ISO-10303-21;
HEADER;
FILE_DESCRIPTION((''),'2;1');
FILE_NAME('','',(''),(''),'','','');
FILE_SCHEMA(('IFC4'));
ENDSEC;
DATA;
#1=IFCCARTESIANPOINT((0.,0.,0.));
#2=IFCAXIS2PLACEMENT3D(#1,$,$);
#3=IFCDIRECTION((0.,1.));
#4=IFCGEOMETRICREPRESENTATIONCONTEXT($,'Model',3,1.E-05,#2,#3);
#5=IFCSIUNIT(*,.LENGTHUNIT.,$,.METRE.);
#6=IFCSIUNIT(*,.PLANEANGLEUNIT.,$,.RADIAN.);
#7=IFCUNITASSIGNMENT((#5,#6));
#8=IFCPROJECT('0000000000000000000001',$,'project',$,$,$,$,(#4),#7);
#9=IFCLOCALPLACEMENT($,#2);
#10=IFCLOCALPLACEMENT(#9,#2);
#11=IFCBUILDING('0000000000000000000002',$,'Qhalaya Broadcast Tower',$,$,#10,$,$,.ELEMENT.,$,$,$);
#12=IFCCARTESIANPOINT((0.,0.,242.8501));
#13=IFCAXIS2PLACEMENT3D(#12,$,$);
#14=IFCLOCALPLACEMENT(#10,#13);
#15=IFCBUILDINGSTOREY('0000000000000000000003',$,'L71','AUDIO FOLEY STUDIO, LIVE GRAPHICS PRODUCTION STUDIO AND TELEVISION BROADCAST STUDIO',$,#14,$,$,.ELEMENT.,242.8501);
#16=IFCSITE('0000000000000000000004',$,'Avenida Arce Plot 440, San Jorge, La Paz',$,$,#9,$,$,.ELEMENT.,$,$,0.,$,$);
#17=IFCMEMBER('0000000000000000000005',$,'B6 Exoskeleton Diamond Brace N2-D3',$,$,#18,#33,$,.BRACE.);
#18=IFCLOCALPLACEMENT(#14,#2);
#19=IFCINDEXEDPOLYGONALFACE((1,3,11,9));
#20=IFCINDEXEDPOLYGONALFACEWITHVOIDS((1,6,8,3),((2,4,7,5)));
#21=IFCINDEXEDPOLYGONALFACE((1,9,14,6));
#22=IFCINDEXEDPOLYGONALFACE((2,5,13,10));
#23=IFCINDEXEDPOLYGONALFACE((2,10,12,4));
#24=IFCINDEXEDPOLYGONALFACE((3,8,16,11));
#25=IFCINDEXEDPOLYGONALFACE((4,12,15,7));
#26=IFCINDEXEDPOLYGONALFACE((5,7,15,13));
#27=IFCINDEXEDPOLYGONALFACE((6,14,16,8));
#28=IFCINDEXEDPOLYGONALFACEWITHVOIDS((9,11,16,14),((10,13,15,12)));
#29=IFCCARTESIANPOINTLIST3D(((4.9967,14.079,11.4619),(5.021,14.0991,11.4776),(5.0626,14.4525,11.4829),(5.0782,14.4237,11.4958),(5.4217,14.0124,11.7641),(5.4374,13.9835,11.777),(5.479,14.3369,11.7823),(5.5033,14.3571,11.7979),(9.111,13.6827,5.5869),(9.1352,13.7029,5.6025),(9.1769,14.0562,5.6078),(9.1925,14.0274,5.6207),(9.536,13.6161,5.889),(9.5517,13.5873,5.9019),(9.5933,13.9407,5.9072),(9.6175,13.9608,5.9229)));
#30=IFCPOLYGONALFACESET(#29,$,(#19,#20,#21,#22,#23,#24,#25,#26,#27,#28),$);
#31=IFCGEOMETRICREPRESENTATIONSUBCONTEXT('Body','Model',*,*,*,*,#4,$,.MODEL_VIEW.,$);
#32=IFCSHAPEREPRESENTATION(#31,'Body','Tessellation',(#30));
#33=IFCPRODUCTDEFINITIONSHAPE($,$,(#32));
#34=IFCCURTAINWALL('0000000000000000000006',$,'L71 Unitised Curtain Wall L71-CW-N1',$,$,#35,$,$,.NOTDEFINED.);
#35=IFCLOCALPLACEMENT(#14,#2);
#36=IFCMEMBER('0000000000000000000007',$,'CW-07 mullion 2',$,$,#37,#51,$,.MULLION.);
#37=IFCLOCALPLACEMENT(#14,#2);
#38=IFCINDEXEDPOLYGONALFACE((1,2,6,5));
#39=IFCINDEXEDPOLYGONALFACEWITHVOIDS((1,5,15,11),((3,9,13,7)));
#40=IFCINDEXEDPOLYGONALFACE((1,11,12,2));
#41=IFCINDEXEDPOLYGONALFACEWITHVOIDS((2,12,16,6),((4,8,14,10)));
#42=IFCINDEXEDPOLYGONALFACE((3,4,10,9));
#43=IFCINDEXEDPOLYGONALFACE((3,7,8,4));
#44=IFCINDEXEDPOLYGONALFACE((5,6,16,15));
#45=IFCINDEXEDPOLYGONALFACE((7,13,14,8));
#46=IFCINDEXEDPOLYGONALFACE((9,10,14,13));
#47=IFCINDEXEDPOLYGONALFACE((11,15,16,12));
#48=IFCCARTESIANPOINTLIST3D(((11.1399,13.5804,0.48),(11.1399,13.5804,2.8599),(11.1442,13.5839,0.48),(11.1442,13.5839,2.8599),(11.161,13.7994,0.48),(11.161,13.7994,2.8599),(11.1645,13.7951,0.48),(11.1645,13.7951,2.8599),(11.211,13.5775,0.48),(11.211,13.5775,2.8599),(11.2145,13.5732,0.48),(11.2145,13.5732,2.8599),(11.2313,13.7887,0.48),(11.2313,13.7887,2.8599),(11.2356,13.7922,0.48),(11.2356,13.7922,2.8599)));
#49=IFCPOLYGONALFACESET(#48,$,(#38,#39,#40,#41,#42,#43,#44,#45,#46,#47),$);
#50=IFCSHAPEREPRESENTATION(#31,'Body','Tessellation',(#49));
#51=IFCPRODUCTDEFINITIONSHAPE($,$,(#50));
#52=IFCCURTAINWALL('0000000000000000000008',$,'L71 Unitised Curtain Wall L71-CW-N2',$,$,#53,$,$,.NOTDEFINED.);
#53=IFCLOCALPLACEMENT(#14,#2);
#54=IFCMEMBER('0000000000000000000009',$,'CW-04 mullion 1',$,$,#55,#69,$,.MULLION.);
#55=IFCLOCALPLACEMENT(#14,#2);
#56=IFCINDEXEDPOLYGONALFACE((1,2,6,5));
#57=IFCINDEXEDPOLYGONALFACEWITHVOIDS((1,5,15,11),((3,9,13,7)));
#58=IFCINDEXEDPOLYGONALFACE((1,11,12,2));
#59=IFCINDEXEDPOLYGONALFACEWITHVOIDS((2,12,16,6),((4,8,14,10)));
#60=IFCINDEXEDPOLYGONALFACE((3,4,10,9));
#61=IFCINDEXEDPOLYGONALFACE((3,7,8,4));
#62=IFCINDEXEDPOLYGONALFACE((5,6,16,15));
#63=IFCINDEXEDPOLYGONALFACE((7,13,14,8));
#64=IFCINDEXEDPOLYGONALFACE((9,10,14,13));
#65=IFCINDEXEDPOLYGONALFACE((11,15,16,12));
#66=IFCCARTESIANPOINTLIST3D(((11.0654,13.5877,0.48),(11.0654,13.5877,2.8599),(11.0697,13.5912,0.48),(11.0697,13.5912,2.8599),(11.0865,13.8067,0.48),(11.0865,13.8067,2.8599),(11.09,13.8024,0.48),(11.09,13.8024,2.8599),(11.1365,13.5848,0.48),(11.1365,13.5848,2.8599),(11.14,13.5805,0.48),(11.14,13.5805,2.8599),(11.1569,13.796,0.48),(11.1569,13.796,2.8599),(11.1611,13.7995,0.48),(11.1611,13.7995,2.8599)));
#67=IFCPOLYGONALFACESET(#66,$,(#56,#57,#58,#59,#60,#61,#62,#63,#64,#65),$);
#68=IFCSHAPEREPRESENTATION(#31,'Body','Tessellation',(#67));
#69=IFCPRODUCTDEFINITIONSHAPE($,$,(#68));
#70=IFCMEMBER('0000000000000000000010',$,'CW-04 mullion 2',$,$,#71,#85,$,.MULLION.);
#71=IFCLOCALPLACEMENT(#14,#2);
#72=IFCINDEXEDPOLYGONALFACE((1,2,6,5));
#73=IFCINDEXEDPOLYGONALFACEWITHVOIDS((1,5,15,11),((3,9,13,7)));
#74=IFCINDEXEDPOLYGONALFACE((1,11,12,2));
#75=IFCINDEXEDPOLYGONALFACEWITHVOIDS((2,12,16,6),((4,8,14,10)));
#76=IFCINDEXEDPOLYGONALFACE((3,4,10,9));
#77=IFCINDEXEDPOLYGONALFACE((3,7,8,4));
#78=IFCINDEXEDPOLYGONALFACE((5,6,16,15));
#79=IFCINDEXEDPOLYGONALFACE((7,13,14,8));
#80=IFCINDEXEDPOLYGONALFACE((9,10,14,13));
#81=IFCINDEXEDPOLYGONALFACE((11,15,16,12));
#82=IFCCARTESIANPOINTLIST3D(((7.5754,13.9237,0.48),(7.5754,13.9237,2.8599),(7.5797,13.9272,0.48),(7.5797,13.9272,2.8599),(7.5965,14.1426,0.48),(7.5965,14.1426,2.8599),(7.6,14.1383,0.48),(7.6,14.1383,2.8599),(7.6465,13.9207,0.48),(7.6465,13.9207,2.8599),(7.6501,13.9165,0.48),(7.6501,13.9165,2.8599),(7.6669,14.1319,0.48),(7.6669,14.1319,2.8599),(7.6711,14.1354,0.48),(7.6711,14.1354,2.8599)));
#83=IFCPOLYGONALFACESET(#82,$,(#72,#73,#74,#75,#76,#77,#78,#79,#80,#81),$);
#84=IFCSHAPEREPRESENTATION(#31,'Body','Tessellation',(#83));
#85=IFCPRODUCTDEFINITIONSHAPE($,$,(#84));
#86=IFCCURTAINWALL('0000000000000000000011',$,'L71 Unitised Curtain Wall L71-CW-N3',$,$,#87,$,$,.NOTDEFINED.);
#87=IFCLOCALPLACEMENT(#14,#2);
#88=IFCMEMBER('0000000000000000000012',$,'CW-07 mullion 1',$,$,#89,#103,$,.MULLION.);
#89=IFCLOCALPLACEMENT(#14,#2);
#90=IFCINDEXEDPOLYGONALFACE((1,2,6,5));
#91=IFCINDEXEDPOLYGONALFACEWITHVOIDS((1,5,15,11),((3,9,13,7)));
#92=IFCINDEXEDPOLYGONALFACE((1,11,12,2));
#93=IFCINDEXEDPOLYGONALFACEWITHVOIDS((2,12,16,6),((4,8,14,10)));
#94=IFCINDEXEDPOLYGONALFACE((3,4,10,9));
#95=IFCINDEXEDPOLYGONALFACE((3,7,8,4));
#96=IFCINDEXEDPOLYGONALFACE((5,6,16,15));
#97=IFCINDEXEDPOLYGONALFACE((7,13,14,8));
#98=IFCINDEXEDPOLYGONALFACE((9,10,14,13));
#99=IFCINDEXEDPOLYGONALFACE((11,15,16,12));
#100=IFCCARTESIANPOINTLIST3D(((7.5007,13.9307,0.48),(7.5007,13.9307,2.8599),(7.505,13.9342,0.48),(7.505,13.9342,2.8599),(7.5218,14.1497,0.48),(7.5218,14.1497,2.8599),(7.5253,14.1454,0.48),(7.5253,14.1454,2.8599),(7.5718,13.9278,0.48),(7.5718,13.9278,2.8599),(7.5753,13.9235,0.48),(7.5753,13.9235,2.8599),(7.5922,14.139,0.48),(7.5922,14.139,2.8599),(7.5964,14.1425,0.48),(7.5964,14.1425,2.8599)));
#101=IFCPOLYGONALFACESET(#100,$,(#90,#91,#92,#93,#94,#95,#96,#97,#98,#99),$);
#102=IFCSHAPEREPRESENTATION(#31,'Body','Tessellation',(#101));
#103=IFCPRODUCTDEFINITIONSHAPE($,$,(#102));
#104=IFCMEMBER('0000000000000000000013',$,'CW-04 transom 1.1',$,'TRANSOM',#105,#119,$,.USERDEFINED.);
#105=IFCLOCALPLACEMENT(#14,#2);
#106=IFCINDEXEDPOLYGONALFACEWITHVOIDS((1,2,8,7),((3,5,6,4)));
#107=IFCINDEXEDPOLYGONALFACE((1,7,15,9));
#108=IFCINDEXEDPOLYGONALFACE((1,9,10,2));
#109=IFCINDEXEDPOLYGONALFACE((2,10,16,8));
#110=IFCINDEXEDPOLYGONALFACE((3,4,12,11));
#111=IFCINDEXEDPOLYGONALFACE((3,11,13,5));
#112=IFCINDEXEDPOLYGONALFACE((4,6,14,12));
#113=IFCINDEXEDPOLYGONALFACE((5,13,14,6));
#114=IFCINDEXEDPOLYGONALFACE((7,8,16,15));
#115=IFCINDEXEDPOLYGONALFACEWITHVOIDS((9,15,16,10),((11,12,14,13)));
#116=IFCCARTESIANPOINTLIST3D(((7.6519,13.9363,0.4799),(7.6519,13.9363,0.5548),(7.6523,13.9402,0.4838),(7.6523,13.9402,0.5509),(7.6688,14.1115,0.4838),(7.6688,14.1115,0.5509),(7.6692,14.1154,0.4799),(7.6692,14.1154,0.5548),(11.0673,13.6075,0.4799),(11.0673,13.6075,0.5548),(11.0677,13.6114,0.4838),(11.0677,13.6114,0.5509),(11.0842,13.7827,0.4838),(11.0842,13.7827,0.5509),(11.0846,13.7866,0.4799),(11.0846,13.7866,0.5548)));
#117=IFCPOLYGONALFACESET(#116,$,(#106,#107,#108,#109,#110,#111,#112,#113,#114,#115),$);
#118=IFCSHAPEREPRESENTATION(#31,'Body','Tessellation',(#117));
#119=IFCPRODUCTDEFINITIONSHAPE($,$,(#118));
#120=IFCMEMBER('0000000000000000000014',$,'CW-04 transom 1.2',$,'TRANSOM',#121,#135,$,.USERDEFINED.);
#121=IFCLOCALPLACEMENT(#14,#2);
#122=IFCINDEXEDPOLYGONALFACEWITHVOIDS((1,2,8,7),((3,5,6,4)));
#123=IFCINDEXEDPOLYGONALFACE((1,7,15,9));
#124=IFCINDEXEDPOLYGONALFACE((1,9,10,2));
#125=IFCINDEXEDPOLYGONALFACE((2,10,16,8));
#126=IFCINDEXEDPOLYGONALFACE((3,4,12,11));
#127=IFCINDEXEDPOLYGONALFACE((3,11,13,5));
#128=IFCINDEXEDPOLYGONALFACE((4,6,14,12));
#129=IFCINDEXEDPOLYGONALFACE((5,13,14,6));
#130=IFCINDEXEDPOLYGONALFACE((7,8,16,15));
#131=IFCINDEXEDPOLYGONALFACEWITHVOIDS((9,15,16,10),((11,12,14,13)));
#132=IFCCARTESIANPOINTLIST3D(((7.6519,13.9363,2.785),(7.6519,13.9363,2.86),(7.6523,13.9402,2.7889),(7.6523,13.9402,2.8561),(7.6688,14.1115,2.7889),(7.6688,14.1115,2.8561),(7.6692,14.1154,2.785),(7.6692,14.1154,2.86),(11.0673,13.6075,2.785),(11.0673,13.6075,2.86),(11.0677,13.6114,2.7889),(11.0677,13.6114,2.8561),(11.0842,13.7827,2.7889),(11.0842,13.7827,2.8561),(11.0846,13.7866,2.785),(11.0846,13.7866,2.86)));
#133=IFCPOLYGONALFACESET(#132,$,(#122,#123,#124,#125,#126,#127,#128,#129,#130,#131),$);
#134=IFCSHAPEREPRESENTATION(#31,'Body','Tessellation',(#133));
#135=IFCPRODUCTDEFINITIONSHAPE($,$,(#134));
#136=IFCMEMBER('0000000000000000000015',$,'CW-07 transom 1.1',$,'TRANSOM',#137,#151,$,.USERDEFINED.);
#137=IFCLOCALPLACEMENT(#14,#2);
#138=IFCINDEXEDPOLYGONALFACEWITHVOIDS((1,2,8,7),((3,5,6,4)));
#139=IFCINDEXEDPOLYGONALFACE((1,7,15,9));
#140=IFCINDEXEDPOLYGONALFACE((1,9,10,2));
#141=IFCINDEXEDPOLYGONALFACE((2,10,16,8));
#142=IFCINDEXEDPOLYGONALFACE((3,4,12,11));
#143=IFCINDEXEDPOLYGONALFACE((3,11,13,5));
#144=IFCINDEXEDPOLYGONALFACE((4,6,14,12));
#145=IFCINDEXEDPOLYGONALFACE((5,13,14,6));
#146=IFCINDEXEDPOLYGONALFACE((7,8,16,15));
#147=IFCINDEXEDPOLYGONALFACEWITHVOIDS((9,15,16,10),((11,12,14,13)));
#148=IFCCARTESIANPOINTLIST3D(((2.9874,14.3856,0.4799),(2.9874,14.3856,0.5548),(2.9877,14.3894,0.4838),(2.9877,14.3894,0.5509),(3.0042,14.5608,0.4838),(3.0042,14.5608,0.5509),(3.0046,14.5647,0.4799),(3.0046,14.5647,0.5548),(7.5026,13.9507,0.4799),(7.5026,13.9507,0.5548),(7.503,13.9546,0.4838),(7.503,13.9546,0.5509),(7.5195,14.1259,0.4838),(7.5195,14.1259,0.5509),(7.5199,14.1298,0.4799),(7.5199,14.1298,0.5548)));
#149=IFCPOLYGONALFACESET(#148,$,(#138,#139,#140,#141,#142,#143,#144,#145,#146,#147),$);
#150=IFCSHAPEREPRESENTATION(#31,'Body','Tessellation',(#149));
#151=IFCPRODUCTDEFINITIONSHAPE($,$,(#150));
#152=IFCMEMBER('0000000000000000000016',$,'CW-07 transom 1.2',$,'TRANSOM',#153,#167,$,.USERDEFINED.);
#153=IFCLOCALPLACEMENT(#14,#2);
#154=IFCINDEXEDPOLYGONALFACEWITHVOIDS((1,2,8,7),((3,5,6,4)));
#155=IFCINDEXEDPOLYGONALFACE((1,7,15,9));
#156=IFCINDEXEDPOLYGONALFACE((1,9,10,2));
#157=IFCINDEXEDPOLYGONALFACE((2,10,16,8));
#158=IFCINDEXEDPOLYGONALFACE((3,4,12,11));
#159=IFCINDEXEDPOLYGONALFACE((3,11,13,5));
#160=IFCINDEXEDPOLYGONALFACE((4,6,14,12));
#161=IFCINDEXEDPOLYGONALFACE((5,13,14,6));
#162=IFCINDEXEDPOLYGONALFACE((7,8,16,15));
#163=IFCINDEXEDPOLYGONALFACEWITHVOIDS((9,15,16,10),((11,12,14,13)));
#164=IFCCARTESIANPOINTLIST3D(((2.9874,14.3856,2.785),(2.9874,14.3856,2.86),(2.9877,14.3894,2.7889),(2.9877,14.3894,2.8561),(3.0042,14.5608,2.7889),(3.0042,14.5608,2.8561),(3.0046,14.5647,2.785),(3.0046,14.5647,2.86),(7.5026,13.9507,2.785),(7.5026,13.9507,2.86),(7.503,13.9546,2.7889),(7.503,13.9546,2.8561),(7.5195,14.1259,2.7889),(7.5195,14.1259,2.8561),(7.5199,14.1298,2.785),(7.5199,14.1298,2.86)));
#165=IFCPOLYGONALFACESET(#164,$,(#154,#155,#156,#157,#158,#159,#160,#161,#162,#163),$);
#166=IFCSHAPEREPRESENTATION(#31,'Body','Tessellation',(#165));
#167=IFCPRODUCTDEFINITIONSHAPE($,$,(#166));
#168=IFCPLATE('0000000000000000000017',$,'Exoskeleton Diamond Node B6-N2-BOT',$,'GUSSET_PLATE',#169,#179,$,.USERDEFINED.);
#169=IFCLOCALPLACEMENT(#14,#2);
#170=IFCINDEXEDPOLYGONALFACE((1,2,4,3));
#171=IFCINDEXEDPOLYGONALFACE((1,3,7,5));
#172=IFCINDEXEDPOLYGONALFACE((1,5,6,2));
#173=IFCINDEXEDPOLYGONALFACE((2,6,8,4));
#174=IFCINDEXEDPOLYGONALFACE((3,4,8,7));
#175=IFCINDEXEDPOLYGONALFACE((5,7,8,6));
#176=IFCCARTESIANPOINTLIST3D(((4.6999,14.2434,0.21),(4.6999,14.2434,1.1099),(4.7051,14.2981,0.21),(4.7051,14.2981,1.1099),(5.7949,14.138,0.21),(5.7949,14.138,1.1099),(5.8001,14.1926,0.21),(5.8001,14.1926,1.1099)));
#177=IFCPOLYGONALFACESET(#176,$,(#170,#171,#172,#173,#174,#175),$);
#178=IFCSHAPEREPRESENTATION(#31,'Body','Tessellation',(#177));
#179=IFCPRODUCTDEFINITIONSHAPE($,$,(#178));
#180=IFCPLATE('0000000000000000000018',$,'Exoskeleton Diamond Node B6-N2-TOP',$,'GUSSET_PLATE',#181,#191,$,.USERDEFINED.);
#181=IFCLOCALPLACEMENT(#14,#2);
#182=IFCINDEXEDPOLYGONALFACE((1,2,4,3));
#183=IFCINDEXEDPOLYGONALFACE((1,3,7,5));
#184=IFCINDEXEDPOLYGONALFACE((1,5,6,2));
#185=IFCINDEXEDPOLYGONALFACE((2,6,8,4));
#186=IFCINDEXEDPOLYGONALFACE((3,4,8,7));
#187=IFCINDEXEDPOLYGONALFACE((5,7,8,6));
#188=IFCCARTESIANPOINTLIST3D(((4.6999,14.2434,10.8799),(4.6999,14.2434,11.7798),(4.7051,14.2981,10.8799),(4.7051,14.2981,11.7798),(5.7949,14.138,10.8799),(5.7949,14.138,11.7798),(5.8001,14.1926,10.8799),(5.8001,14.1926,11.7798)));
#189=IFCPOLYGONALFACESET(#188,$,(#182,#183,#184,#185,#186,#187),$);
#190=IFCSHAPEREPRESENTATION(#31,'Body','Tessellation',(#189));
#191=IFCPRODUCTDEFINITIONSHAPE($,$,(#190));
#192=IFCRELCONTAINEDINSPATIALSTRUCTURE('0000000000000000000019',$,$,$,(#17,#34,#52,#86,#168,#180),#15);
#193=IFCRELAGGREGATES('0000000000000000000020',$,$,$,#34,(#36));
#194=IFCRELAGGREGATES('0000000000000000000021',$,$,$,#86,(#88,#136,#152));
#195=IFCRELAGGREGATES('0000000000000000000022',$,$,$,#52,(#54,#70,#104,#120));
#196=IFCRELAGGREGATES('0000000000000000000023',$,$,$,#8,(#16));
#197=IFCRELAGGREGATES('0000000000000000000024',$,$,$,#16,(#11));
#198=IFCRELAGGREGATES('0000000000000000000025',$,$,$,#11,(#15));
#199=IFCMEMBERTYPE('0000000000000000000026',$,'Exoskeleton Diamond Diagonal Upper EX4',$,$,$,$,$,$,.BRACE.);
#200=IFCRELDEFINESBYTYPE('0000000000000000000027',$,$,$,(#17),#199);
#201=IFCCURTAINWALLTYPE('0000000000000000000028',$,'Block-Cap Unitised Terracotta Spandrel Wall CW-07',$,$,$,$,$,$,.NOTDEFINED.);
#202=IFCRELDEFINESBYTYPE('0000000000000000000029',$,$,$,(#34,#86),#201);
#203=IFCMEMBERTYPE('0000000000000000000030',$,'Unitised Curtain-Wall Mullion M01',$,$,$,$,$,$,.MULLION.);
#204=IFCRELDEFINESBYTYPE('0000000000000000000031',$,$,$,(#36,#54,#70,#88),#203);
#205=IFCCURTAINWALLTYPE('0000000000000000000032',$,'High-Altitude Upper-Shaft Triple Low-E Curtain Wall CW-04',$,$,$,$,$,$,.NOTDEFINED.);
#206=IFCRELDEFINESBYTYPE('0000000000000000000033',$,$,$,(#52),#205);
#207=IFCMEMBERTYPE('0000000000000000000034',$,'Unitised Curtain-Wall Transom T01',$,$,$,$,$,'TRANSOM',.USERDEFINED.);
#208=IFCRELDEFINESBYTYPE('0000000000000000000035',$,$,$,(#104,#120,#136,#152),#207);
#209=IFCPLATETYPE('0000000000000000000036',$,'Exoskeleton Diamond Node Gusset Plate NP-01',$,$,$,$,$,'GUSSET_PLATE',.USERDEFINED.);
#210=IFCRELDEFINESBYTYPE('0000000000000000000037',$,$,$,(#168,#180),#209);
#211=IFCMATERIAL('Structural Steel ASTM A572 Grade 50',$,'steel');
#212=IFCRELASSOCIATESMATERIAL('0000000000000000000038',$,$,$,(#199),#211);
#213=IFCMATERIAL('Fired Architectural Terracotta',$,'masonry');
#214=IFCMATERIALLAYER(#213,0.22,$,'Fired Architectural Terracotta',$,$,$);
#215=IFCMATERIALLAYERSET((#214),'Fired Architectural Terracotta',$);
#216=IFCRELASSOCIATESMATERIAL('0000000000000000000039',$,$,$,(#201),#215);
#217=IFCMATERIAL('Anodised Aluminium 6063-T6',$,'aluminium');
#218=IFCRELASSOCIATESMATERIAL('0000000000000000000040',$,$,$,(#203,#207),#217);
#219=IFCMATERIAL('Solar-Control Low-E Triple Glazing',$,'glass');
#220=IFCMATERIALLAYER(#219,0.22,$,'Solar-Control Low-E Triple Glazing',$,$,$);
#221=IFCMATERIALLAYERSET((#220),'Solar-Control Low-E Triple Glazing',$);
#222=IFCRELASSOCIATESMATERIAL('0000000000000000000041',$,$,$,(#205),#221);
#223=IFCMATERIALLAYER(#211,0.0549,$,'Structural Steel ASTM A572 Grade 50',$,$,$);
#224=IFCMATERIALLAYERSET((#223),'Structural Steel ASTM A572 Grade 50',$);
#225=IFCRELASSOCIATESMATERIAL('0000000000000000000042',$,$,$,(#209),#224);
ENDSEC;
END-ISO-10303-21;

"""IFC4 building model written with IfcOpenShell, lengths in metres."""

from ifc_helpers import new_model, si_unit, direction, frame, origin, origin_2d, place, context, subcontext, project, spatial, rectangle, hollow_rectangle, extrude, material, layer, layer_set, material_profile, profile_set, type_object, element, aggregate, save


model = new_model("IFC4")

# Units and contexts
model_context = context("Model", 3, precision=1e-05, world=origin(), true_north=direction((0.0, 1.0)))
body_context = subcontext(model_context, "Body", "Model", "MODEL_VIEW")
ifc_project = project(units=[si_unit("LENGTHUNIT", "METRE"), si_unit("PLANEANGLEUNIT", "RADIAN")], contexts=[model_context])

# Site, building, storey
site_placement = place(None, origin())
site = spatial("IfcSite", under=ifc_project, at=site_placement, Name="Avenida Arce Plot 440, San Jorge, La Paz", CompositionType="ELEMENT", RefElevation=0.0)
building_placement = place(site_placement, origin())
building = spatial("IfcBuilding", under=site, at=building_placement, Name="Qhalaya Broadcast Tower", CompositionType="ELEMENT")
storey_placement = place(building_placement, frame((0.0, 0.0, 242.8501)))
storey = spatial("IfcBuildingStorey", under=building, at=storey_placement, Name="L71", Description="AUDIO FOLEY STUDIO, LIVE GRAPHICS PRODUCTION STUDIO AND TELEVISION BROADCAST STUDIO", CompositionType="ELEMENT", Elevation=242.8501)

# Shared definitions
ifc_material_1 = material(Name="Structural Steel ASTM A572 Grade 50", Category="steel")

# Member
ifc_material_profile_1 = material_profile(ifc_material_1, hollow_rectangle(XDim=0.3799, YDim=0.55, WallThickness=0.0249, at=origin_2d()), Name="BOX 380x550x25")
ifc_profile_set_1 = profile_set([ifc_material_profile_1], Name="Structural Steel ASTM A572 Grade 50")
member_type_1 = type_object("IfcMemberType", Name="Exoskeleton Diamond Diagonal Upper EX4", PredefinedType="BRACE", material=ifc_profile_set_1)
member_1_placement = place(storey_placement, frame((9.3643, 13.8218, 5.7549), z_axis=(-0.572753, 0.055161, 0.81787), x_axis=(-0.173452, -0.983297, -0.05515)))
element("IfcMember", 1, at=member_1_placement, inside=storey, type_object=member_type_1, Name="B6 Exoskeleton Diamond Brace N2-D3", PredefinedType="BRACE", context=body_context, shape_type="SweptSolid", body=[
    extrude(hollow_rectangle(XDim=0.3799, YDim=0.55, WallThickness=0.0249, at=origin_2d()), origin(), (0.0, 0.0, 1.0), 7.1833),
])

# Curtain wall, member
ifc_material_2 = material(Name="Fired Architectural Terracotta", Category="masonry")
ifc_layer_1 = layer(ifc_material_2, 0.22, Name="Fired Architectural Terracotta")
ifc_layer_set_1 = layer_set([ifc_layer_1], Name="Fired Architectural Terracotta")
curtain_wall_type_1 = type_object("IfcCurtainWallType", Name="Block-Cap Unitised Terracotta Spandrel Wall CW-07", PredefinedType="NOTDEFINED", material=ifc_layer_set_1)
curtain_wall_1_placement = place(storey_placement, origin())
curtain_wall_1 = element("IfcCurtainWall", 2, at=curtain_wall_1_placement, inside=storey, type_object=curtain_wall_type_1, Name="L71 Unitised Curtain Wall L71-CW-N1", PredefinedType="NOTDEFINED")
ifc_material_3 = material(Name="Anodised Aluminium 6063-T6", Category="aluminium")
ifc_material_profile_2 = material_profile(ifc_material_3, hollow_rectangle(XDim=0.075, YDim=0.22, WallThickness=0.0039, at=origin_2d()), Name="ALU-MUL 75x220x4")
ifc_profile_set_2 = profile_set([ifc_material_profile_2], Name="Anodised Aluminium 6063-T6")
member_type_2 = type_object("IfcMemberType", Name="Unitised Curtain-Wall Mullion M01", PredefinedType="MULLION", material=ifc_profile_set_2)
member_2_placement = place(storey_placement, frame((11.1877, 13.6863, 0.48), z_axis=(0.0, 0.0, 1.0), x_axis=(-0.995396, 0.095848, 0.0)))
member_2 = element("IfcMember", 3, at=member_2_placement, type_object=member_type_2, Name="CW-07 mullion 2", PredefinedType="MULLION", context=body_context, shape_type="SweptSolid", body=[
    extrude(hollow_rectangle(XDim=0.075, YDim=0.22, WallThickness=0.0039, at=origin_2d()), origin(), (0.0, 0.0, 1.0), 2.3799),
])
aggregate(curtain_wall_1, [member_2])

# Curtain wall, members
ifc_material_4 = material(Name="Solar-Control Low-E Triple Glazing", Category="glass")
ifc_layer_2 = layer(ifc_material_4, 0.22, Name="Solar-Control Low-E Triple Glazing")
ifc_layer_set_2 = layer_set([ifc_layer_2], Name="Solar-Control Low-E Triple Glazing")
curtain_wall_type_2 = type_object("IfcCurtainWallType", Name="High-Altitude Upper-Shaft Triple Low-E Curtain Wall CW-04", PredefinedType="NOTDEFINED", material=ifc_layer_set_2)
curtain_wall_2_placement = place(storey_placement, origin())
curtain_wall_2 = element("IfcCurtainWall", 4, at=curtain_wall_2_placement, inside=storey, type_object=curtain_wall_type_2, Name="L71 Unitised Curtain Wall L71-CW-N2", PredefinedType="NOTDEFINED")
member_3_placement = place(storey_placement, frame((11.1133, 13.6936, 0.48), z_axis=(0.0, 0.0, 1.0), x_axis=(-0.995397, 0.095837, 0.0)))
member_3 = element("IfcMember", 5, at=member_3_placement, type_object=member_type_2, Name="CW-04 mullion 1", PredefinedType="MULLION", context=body_context, shape_type="SweptSolid", body=[
    extrude(hollow_rectangle(XDim=0.075, YDim=0.22, WallThickness=0.0039, at=origin_2d()), origin(), (0.0, 0.0, 1.0), 2.3799),
])
member_4_placement = place(storey_placement, frame((7.6233, 14.0295, 0.48), z_axis=(0.0, 0.0, 1.0), x_axis=(-0.995397, 0.095837, 0.0)))
member_4 = element("IfcMember", 6, at=member_4_placement, type_object=member_type_2, Name="CW-04 mullion 2", PredefinedType="MULLION", context=body_context, shape_type="SweptSolid", body=[
    extrude(hollow_rectangle(XDim=0.075, YDim=0.22, WallThickness=0.0039, at=origin_2d()), origin(), (0.0, 0.0, 1.0), 2.3799),
])

# Curtain wall, member
curtain_wall_3_placement = place(storey_placement, origin())
curtain_wall_3 = element("IfcCurtainWall", 7, at=curtain_wall_3_placement, inside=storey, type_object=curtain_wall_type_1, Name="L71 Unitised Curtain Wall L71-CW-N3", PredefinedType="NOTDEFINED")
member_5_placement = place(storey_placement, frame((7.5486, 14.0366, 0.48), z_axis=(0.0, 0.0, 1.0), x_axis=(-0.995395, 0.09586, 0.0)))
member_5 = element("IfcMember", 8, at=member_5_placement, type_object=member_type_2, Name="CW-07 mullion 1", PredefinedType="MULLION", context=body_context, shape_type="SweptSolid", body=[
    extrude(hollow_rectangle(XDim=0.075, YDim=0.22, WallThickness=0.0039, at=origin_2d()), origin(), (0.0, 0.0, 1.0), 2.3799),
])

# Members
ifc_material_profile_3 = material_profile(ifc_material_3, hollow_rectangle(XDim=0.075, YDim=0.1799, WallThickness=0.0039, at=origin_2d()), Name="ALU-TRN 75x180x4")
ifc_profile_set_3 = profile_set([ifc_material_profile_3], Name="Anodised Aluminium 6063-T6")
member_type_3 = type_object("IfcMemberType", Name="Unitised Curtain-Wall Transom T01", ElementType="TRANSOM", PredefinedType="USERDEFINED", material=ifc_profile_set_3)
member_6_placement = place(storey_placement, frame((11.0759, 13.697, 0.5173), z_axis=(-0.995396, 0.095847, 0.0), x_axis=(0.0, 0.0, 1.0)))
member_6 = element("IfcMember", 9, at=member_6_placement, type_object=member_type_3, Name="CW-04 transom 1.1", ObjectType="TRANSOM", PredefinedType="USERDEFINED", context=body_context, shape_type="SweptSolid", body=[
    extrude(hollow_rectangle(XDim=0.075, YDim=0.1799, WallThickness=0.0039, at=origin_2d()), origin(), (0.0, 0.0, 1.0), 3.4312),
])
member_7_placement = place(storey_placement, frame((11.0759, 13.697, 2.8225), z_axis=(-0.995396, 0.095847, 0.0), x_axis=(0.0, 0.0, 1.0)))
member_7 = element("IfcMember", 10, at=member_7_placement, type_object=member_type_3, Name="CW-04 transom 1.2", ObjectType="TRANSOM", PredefinedType="USERDEFINED", context=body_context, shape_type="SweptSolid", body=[
    extrude(hollow_rectangle(XDim=0.075, YDim=0.1799, WallThickness=0.0039, at=origin_2d()), origin(), (0.0, 0.0, 1.0), 3.4312),
])
member_8_placement = place(storey_placement, frame((7.5112, 14.0403, 0.5173), z_axis=(-0.995395, 0.095858, 0.0), x_axis=(0.0, 0.0, 1.0)))
member_8 = element("IfcMember", 11, at=member_8_placement, type_object=member_type_3, Name="CW-07 transom 1.1", ObjectType="TRANSOM", PredefinedType="USERDEFINED", context=body_context, shape_type="SweptSolid", body=[
    extrude(hollow_rectangle(XDim=0.075, YDim=0.1799, WallThickness=0.0039, at=origin_2d()), origin(), (0.0, 0.0, 1.0), 4.5361),
])
member_9_placement = place(storey_placement, frame((7.5112, 14.0403, 2.8225), z_axis=(-0.995395, 0.095858, 0.0), x_axis=(0.0, 0.0, 1.0)))
member_9 = element("IfcMember", 12, at=member_9_placement, type_object=member_type_3, Name="CW-07 transom 1.2", ObjectType="TRANSOM", PredefinedType="USERDEFINED", context=body_context, shape_type="SweptSolid", body=[
    extrude(hollow_rectangle(XDim=0.075, YDim=0.1799, WallThickness=0.0039, at=origin_2d()), origin(), (0.0, 0.0, 1.0), 4.5361),
])

# Plates
ifc_layer_3 = layer(ifc_material_1, 0.0549, Name="Structural Steel ASTM A572 Grade 50")
ifc_layer_set_3 = layer_set([ifc_layer_3], Name="Structural Steel ASTM A572 Grade 50")
plate_type_1 = type_object("IfcPlateType", Name="Exoskeleton Diamond Node Gusset Plate NP-01", ElementType="GUSSET_PLATE", PredefinedType="USERDEFINED", material=ifc_layer_set_3)
for number, where, z_axis, x_axis, name in (
    (13, (5.25, 14.218, 0.21), (0.0, 0.0, 1.0), (0.995396, -0.095846, 0.0), "Exoskeleton Diamond Node B6-N2-BOT"),
    (14, (5.25, 14.218, 10.8799), (0.0, 0.0, 1.0), (0.995396, -0.095846, 0.0), "Exoskeleton Diamond Node B6-N2-TOP"),
):
    element("IfcPlate", number, at=place(storey_placement, frame(where, z_axis=z_axis, x_axis=x_axis)), inside=storey, type_object=plate_type_1, Name=name, ObjectType="GUSSET_PLATE", PredefinedType="USERDEFINED", context=body_context, shape_type="SweptSolid", body=[
        extrude(rectangle(XDim=1.1001, YDim=0.0549, at=origin_2d()), origin(), (0.0, 0.0, 1.0), 0.8999),
    ])

aggregate(curtain_wall_3, [member_5, member_8, member_9])
aggregate(curtain_wall_2, [member_3, member_4, member_6, member_7])

save(model, "model.ifc")
